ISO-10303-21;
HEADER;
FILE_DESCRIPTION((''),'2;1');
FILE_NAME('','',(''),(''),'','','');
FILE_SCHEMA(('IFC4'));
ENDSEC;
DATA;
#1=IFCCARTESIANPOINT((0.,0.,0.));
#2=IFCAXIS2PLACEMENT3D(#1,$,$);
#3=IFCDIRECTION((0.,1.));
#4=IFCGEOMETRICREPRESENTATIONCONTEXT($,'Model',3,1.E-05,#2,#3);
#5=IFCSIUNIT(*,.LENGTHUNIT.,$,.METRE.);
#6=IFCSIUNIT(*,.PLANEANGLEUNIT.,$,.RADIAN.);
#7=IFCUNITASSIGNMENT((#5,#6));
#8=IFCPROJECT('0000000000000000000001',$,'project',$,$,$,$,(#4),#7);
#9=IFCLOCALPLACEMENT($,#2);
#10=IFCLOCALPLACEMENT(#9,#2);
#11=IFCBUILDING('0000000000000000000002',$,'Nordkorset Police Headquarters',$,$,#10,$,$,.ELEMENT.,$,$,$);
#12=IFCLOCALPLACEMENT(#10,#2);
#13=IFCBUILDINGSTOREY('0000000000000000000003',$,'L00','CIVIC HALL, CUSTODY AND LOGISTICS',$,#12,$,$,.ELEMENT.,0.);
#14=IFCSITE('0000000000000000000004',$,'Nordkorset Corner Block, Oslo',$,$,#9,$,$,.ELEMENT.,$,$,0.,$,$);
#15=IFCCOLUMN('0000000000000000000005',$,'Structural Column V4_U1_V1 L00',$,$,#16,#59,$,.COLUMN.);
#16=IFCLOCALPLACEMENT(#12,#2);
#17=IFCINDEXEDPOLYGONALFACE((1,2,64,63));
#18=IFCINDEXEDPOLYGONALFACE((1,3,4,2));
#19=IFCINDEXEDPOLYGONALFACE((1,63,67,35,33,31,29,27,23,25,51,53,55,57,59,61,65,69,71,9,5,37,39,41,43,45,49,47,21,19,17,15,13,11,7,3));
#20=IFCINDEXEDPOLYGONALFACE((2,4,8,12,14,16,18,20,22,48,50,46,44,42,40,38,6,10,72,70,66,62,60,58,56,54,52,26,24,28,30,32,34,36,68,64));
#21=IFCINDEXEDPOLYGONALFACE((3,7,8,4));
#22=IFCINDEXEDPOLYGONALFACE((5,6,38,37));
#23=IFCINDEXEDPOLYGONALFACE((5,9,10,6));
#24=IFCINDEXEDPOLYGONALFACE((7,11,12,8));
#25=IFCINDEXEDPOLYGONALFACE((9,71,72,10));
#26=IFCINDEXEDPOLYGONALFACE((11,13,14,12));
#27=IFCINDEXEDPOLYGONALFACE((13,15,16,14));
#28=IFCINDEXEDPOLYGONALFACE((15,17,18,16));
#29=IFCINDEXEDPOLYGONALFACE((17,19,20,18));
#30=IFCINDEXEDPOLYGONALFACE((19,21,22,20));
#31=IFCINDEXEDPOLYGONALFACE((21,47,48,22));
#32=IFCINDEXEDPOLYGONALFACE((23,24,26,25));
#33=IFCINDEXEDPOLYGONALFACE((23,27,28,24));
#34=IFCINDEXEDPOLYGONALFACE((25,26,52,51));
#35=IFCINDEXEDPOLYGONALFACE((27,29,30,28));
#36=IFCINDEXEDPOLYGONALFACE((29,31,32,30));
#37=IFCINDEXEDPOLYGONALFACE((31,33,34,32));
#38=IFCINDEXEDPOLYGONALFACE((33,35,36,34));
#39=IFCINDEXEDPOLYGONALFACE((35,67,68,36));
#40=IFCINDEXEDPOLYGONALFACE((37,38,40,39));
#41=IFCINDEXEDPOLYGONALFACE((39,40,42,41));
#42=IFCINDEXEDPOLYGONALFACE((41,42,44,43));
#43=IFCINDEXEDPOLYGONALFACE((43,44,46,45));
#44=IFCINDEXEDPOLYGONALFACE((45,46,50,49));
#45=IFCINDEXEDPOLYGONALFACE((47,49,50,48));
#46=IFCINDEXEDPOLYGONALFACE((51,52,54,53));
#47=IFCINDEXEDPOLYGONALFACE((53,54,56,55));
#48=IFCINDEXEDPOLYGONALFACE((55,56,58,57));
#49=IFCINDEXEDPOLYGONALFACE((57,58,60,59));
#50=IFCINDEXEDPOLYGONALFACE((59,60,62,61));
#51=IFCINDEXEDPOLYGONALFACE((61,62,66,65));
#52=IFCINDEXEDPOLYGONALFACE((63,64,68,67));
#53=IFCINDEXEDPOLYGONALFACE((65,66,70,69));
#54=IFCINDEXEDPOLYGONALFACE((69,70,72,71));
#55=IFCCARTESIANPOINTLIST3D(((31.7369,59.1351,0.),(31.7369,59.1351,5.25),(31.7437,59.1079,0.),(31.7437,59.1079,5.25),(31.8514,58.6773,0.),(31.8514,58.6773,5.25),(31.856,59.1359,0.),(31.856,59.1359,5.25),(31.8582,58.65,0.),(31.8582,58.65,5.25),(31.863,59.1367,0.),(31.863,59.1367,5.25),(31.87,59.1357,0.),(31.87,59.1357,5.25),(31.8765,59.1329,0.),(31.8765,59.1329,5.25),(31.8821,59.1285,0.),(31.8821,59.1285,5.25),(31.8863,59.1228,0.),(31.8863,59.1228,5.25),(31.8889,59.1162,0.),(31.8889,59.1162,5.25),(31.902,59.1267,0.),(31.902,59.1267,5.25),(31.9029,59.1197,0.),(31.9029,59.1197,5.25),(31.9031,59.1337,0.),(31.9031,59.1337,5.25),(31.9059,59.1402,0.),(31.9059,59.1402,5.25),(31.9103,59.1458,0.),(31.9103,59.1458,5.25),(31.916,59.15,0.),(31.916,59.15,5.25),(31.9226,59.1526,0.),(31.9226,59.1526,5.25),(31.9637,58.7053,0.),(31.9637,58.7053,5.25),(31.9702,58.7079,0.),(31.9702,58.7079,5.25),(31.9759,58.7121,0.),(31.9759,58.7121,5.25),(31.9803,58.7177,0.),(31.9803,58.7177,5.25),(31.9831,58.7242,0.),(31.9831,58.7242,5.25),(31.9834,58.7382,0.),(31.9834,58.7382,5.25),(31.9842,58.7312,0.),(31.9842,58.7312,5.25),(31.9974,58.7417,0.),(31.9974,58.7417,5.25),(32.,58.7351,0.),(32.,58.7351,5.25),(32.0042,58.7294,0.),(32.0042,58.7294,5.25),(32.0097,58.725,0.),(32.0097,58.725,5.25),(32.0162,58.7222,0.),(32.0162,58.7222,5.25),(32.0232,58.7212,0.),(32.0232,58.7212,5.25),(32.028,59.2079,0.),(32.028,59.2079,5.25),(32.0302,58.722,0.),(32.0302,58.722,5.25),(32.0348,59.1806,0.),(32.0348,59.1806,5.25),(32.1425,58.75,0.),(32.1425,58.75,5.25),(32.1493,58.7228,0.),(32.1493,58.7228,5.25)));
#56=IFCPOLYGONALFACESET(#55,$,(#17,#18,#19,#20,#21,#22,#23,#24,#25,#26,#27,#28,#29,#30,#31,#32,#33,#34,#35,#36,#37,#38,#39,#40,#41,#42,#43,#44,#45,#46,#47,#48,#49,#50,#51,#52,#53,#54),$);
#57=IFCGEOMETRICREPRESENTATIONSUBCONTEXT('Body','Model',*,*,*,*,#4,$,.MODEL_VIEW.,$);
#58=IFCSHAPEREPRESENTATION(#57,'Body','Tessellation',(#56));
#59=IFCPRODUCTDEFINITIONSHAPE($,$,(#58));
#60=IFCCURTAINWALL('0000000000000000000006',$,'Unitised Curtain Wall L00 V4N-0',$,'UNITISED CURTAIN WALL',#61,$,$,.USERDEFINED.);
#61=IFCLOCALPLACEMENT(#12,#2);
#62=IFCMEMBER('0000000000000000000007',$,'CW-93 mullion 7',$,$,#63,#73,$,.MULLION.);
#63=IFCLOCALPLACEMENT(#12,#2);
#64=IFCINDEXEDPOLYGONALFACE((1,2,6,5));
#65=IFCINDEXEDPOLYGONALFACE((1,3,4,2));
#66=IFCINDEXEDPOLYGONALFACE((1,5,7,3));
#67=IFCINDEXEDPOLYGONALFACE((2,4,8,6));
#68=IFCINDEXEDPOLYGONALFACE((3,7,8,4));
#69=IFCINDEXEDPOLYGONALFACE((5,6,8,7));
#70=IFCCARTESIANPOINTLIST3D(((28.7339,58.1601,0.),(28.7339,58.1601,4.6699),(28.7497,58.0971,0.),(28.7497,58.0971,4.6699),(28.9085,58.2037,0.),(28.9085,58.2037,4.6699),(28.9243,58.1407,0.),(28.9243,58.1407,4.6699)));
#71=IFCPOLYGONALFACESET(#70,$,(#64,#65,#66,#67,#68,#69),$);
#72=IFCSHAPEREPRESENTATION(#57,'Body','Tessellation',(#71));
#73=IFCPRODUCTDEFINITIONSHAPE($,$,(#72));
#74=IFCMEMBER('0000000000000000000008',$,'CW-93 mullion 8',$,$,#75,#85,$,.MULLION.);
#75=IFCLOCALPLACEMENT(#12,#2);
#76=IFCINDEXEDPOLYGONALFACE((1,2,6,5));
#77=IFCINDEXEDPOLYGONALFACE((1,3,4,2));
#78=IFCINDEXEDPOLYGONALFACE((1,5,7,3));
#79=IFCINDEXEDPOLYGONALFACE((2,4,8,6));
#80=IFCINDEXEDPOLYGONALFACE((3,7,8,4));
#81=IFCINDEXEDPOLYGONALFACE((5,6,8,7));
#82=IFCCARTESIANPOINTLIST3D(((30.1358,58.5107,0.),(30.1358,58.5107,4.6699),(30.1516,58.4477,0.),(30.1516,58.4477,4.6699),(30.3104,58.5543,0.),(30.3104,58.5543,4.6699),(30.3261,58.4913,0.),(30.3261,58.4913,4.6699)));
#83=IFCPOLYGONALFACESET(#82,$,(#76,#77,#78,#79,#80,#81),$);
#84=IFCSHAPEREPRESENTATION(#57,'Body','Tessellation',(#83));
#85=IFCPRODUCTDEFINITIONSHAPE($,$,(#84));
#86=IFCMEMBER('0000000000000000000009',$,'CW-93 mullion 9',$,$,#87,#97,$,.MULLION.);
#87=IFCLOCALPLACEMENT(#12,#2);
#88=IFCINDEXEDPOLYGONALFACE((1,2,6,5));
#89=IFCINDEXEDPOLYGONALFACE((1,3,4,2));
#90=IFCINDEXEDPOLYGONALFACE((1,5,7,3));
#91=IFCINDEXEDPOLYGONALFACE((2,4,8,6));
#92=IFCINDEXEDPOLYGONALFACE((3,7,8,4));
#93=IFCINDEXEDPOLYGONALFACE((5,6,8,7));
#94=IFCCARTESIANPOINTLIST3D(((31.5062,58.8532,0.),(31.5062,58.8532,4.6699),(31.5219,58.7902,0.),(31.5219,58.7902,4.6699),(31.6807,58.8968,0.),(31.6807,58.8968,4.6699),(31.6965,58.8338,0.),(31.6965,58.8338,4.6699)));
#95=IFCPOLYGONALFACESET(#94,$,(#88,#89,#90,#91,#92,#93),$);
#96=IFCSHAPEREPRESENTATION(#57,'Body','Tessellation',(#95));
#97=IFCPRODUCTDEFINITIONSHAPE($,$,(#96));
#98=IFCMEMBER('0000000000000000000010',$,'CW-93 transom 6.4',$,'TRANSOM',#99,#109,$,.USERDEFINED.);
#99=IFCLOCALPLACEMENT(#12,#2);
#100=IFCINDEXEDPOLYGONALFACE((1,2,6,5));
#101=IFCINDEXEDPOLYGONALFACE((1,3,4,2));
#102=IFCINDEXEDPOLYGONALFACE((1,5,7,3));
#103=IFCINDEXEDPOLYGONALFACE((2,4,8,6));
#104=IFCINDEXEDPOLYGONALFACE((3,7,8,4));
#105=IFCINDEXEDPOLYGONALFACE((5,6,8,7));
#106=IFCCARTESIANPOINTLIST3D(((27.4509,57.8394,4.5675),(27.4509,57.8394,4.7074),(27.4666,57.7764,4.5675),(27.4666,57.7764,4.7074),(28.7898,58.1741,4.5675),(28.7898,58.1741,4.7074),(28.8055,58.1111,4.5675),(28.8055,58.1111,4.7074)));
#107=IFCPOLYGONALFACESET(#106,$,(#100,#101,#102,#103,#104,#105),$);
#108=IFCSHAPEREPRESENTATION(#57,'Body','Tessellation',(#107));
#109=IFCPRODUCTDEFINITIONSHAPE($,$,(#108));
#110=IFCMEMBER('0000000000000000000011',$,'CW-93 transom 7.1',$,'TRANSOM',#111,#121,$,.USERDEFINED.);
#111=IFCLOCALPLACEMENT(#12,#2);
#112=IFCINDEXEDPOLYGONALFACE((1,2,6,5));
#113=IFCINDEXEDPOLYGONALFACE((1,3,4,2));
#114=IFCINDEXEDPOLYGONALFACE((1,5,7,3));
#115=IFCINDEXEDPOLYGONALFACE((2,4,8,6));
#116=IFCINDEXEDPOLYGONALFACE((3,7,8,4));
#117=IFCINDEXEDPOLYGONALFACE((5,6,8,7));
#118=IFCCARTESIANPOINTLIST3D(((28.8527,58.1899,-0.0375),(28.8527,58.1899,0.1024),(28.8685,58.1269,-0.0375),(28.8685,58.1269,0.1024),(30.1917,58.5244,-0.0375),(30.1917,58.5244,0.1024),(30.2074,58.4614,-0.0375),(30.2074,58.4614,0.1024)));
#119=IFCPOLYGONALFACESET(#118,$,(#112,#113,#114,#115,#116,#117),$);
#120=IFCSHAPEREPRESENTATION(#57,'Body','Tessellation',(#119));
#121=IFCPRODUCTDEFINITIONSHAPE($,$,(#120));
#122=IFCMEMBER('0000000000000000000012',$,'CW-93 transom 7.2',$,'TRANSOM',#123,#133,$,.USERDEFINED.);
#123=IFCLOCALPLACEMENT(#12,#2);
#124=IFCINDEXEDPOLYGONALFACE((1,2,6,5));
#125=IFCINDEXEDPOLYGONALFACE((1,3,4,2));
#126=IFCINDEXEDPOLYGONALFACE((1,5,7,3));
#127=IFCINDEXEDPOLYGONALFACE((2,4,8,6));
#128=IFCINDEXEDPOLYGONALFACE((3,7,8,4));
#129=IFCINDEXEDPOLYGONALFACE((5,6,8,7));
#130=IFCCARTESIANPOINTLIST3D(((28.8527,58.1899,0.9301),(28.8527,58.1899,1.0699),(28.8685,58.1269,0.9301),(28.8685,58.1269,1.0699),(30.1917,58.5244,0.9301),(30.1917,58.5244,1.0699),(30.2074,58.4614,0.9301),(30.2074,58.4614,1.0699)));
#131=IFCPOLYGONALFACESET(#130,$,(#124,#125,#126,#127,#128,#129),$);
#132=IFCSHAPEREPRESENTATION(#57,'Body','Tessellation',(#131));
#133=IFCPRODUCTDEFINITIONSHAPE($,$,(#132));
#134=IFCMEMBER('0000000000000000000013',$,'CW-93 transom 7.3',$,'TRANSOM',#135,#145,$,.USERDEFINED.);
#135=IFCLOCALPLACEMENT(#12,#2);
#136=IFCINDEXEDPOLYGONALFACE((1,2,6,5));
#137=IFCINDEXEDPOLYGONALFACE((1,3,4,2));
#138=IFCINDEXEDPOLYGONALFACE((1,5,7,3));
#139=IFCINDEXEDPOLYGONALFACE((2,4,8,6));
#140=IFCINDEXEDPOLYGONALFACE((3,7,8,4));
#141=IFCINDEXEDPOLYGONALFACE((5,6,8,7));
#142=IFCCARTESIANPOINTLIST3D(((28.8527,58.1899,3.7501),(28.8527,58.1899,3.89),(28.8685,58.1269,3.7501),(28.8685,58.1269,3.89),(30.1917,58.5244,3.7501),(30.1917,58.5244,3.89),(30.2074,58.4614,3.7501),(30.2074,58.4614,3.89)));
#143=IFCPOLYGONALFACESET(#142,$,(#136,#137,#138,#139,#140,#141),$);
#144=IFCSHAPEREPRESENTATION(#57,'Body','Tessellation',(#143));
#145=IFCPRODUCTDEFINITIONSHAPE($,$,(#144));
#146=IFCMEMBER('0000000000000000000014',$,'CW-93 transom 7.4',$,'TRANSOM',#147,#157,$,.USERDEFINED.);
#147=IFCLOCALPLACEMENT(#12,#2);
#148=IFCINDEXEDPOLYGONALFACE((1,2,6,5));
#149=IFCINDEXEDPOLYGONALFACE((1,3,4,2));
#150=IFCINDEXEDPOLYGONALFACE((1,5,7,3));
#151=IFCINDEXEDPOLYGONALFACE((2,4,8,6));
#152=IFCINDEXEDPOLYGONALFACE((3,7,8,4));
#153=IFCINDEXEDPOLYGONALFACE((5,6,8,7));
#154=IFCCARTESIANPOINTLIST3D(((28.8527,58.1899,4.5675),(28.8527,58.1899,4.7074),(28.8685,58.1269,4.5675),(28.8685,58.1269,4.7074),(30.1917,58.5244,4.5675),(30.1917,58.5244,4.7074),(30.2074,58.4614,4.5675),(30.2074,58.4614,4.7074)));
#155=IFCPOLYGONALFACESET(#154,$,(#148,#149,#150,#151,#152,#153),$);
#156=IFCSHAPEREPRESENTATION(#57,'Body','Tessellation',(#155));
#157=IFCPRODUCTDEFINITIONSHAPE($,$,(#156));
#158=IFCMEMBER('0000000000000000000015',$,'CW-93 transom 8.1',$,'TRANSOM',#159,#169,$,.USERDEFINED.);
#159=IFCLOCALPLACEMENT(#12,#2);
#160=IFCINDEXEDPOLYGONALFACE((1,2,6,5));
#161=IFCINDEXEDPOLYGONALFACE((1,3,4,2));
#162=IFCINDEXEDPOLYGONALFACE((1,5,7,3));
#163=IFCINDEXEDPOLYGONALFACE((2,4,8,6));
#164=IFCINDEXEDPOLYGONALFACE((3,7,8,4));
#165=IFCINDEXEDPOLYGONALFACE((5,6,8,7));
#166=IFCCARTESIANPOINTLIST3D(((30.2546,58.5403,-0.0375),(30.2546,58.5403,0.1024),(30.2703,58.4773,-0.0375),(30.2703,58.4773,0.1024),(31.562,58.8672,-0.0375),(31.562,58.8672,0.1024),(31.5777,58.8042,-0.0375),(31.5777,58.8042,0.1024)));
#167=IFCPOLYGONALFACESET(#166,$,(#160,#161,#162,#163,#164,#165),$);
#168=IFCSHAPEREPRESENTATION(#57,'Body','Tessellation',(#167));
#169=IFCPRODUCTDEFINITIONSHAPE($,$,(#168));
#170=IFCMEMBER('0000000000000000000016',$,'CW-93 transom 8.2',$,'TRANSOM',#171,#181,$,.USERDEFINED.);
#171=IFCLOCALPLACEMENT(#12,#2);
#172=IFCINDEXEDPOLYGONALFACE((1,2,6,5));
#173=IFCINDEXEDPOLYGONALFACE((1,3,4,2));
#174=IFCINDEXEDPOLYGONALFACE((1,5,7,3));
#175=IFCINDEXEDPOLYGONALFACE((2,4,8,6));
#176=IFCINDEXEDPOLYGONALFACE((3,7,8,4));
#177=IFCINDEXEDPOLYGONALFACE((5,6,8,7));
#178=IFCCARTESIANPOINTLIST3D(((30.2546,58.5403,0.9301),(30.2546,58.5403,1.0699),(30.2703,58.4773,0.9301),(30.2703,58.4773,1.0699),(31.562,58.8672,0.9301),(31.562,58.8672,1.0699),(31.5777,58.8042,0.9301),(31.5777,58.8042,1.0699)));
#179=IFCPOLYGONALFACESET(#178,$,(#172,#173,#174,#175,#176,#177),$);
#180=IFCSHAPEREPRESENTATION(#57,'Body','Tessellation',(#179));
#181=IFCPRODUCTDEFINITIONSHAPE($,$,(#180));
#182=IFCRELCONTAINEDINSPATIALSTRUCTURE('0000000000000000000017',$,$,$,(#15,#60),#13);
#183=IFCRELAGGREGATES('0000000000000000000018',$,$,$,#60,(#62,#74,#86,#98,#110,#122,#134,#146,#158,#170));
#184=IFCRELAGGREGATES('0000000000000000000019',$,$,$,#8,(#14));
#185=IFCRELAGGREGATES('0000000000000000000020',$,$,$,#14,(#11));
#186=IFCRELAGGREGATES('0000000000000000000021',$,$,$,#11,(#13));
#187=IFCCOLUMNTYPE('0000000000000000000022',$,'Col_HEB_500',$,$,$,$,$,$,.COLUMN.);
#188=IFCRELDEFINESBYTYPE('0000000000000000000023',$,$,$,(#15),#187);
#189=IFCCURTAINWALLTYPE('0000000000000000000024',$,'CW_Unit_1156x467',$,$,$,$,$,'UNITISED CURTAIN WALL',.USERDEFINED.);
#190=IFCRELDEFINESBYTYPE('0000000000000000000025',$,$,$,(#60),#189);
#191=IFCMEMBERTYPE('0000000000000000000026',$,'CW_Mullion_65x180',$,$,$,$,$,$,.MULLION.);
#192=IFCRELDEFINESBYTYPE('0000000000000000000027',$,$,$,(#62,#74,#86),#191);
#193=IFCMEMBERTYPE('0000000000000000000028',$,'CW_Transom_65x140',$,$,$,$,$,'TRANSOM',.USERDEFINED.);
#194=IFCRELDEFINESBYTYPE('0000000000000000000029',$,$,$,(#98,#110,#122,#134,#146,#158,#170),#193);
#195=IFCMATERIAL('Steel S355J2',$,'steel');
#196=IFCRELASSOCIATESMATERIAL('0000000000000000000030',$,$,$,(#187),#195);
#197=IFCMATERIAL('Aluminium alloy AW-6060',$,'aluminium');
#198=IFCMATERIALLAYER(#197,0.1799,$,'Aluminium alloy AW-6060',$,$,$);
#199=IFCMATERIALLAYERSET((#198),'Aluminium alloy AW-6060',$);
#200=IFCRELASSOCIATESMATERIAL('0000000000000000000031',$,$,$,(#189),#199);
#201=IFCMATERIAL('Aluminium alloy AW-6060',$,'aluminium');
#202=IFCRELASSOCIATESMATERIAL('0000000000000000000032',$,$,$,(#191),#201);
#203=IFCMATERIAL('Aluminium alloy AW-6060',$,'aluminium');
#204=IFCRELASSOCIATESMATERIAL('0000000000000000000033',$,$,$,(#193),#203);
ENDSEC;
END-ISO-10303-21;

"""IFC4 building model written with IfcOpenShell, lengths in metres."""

from ifc_helpers import new_model, si_unit, direction, frame, origin, origin_2d, place, context, subcontext, project, spatial, rectangle, i_section, extrude, material, layer, layer_set, material_profile, profile_set, type_object, element, aggregate, save


model = new_model("IFC4")

# Units and contexts
model_context = context("Model", 3, precision=1e-05, world=origin(), true_north=direction((0.0, 1.0)))
body_context = subcontext(model_context, "Body", "Model", "MODEL_VIEW")
ifc_project = project(units=[si_unit("LENGTHUNIT", "METRE"), si_unit("PLANEANGLEUNIT", "RADIAN")], contexts=[model_context])

# Site, building, storey
site_placement = place(None, origin())
site = spatial("IfcSite", under=ifc_project, at=site_placement, Name="Nordkorset Corner Block, Oslo", CompositionType="ELEMENT", RefElevation=0.0)
building_placement = place(site_placement, origin())
building = spatial("IfcBuilding", under=site, at=building_placement, Name="Nordkorset Police Headquarters", CompositionType="ELEMENT")
storey_placement = place(building_placement, origin())
storey = spatial("IfcBuildingStorey", under=building, at=storey_placement, Name="L00", Description="CIVIC HALL, CUSTODY AND LOGISTICS", CompositionType="ELEMENT", Elevation=0.0)

# Column
ifc_material_1 = material(Name="Steel S355J2", Category="steel")
ifc_material_profile_1 = material_profile(ifc_material_1, i_section(OverallWidth=0.3, OverallDepth=0.5, WebThickness=0.0144, FlangeThickness=0.0281, FilletRadius=0.0271, at=origin_2d()), Name="HEB 500")
ifc_profile_set_1 = profile_set([ifc_material_profile_1], Name="Steel S355J2")
column_type = type_object("IfcColumnType", Name="Col_HEB_500", PredefinedType="COLUMN", material=ifc_profile_set_1)
column_placement = place(storey_placement, frame((31.9431, 58.929, 0.0), z_axis=(0.0, 0.0, 1.0), x_axis=(0.970143, 0.242536, 0.0)))
element("IfcColumn", 1, at=column_placement, inside=storey, type_object=column_type, Name="Structural Column V4_U1_V1 L00", PredefinedType="COLUMN", context=body_context, shape_type="SweptSolid", body=[
    extrude(i_section(OverallWidth=0.3, OverallDepth=0.5, WebThickness=0.0144, FlangeThickness=0.0281, FilletRadius=0.0271, at=origin_2d()), origin(), (0.0, 0.0, 1.0), 5.25),
])

# Curtain wall, members
ifc_material_2 = material(Name="Aluminium alloy AW-6060", Category="aluminium")
ifc_layer_1 = layer(ifc_material_2, 0.1799, Name="Aluminium alloy AW-6060")
ifc_layer_set_1 = layer_set([ifc_layer_1], Name="Aluminium alloy AW-6060")
curtain_wall_type = type_object("IfcCurtainWallType", Name="CW_Unit_1156x467", ElementType="UNITISED CURTAIN WALL", PredefinedType="USERDEFINED", material=ifc_layer_set_1)
curtain_wall_placement = place(storey_placement, origin())
curtain_wall = element("IfcCurtainWall", 2, at=curtain_wall_placement, inside=storey, type_object=curtain_wall_type, Name="Unitised Curtain Wall L00 V4N-0", ObjectType="UNITISED CURTAIN WALL", PredefinedType="USERDEFINED")
ifc_material_3 = material(Name="Aluminium alloy AW-6060", Category="aluminium")
ifc_material_profile_2 = material_profile(ifc_material_3, rectangle(XDim=0.0649, YDim=0.1799, at=origin_2d()), Name="ALU MULL 65x180")
ifc_profile_set_2 = profile_set([ifc_material_profile_2], Name="Aluminium alloy AW-6060")
member_type_1 = type_object("IfcMemberType", Name="CW_Mullion_65x180", PredefinedType="MULLION", material=ifc_profile_set_2)
member_1_placement = place(storey_placement, frame((28.8291, 58.1504, 0.0), z_axis=(0.0, 0.0, 1.0), x_axis=(-0.242536, 0.970142, 0.0)))
member_1 = element("IfcMember", 3, at=member_1_placement, type_object=member_type_1, Name="CW-93 mullion 7", PredefinedType="MULLION", context=body_context, shape_type="SweptSolid", body=[
    extrude(rectangle(XDim=0.0649, YDim=0.1799, at=origin_2d()), origin(), (0.0, 0.0, 1.0), 4.6699),
])
member_2_placement = place(storey_placement, frame((30.231, 58.501, 0.0), z_axis=(0.0, 0.0, 1.0), x_axis=(-0.242536, 0.970142, 0.0)))
member_2 = element("IfcMember", 4, at=member_2_placement, type_object=member_type_1, Name="CW-93 mullion 8", PredefinedType="MULLION", context=body_context, shape_type="SweptSolid", body=[
    extrude(rectangle(XDim=0.0649, YDim=0.1799, at=origin_2d()), origin(), (0.0, 0.0, 1.0), 4.6699),
])
member_3_placement = place(storey_placement, frame((31.6013, 58.8435, 0.0), z_axis=(0.0, 0.0, 1.0), x_axis=(-0.242536, 0.970142, 0.0)))
member_3 = element("IfcMember", 5, at=member_3_placement, type_object=member_type_1, Name="CW-93 mullion 9", PredefinedType="MULLION", context=body_context, shape_type="SweptSolid", body=[
    extrude(rectangle(XDim=0.0649, YDim=0.1799, at=origin_2d()), origin(), (0.0, 0.0, 1.0), 4.6699),
])
ifc_material_4 = material(Name="Aluminium alloy AW-6060", Category="aluminium")
ifc_material_profile_3 = material_profile(ifc_material_4, rectangle(XDim=0.0649, YDim=0.1399, at=origin_2d()), Name="ALU TRAN 65x140")
ifc_profile_set_3 = profile_set([ifc_material_profile_3], Name="Aluminium alloy AW-6060")
member_type_2 = type_object("IfcMemberType", Name="CW_Transom_65x140", ElementType="TRANSOM", PredefinedType="USERDEFINED", material=ifc_profile_set_3)
member_4_placement = place(storey_placement, frame((27.4587, 57.8079, 4.6375), z_axis=(0.970143, 0.242536, 0.0), x_axis=(-0.242536, 0.970143, 0.0)))
member_4 = element("IfcMember", 6, at=member_4_placement, type_object=member_type_2, Name="CW-93 transom 6.4", ObjectType="TRANSOM", PredefinedType="USERDEFINED", context=body_context, shape_type="SweptSolid", body=[
    extrude(rectangle(XDim=0.0649, YDim=0.1399, at=origin_2d()), origin(), (0.0, 0.0, 1.0), 1.3801),
])
member_5_placement = place(storey_placement, frame((28.8606, 58.1584, 0.0325), z_axis=(0.970184, 0.242369, 0.0), x_axis=(-0.242369, 0.970184, 0.0)))
member_5 = element("IfcMember", 7, at=member_5_placement, type_object=member_type_2, Name="CW-93 transom 7.1", ObjectType="TRANSOM", PredefinedType="USERDEFINED", context=body_context, shape_type="SweptSolid", body=[
    extrude(rectangle(XDim=0.0649, YDim=0.1399, at=origin_2d()), origin(), (0.0, 0.0, 1.0), 1.3801),
])
member_6_placement = place(storey_placement, frame((28.8606, 58.1584, 1.0), z_axis=(0.970184, 0.242369, 0.0), x_axis=(-0.242369, 0.970184, 0.0)))
member_6 = element("IfcMember", 8, at=member_6_placement, type_object=member_type_2, Name="CW-93 transom 7.2", ObjectType="TRANSOM", PredefinedType="USERDEFINED", context=body_context, shape_type="SweptSolid", body=[
    extrude(rectangle(XDim=0.0649, YDim=0.1399, at=origin_2d()), origin(), (0.0, 0.0, 1.0), 1.3801),
])
member_7_placement = place(storey_placement, frame((28.8606, 58.1584, 3.8201), z_axis=(0.970184, 0.242369, 0.0), x_axis=(-0.242369, 0.970184, 0.0)))
member_7 = element("IfcMember", 9, at=member_7_placement, type_object=member_type_2, Name="CW-93 transom 7.3", ObjectType="TRANSOM", PredefinedType="USERDEFINED", context=body_context, shape_type="SweptSolid", body=[
    extrude(rectangle(XDim=0.0649, YDim=0.1399, at=origin_2d()), origin(), (0.0, 0.0, 1.0), 1.3801),
])
member_8_placement = place(storey_placement, frame((28.8606, 58.1584, 4.6375), z_axis=(0.970184, 0.242369, 0.0), x_axis=(-0.242369, 0.970184, 0.0)))
member_8 = element("IfcMember", 10, at=member_8_placement, type_object=member_type_2, Name="CW-93 transom 7.4", ObjectType="TRANSOM", PredefinedType="USERDEFINED", context=body_context, shape_type="SweptSolid", body=[
    extrude(rectangle(XDim=0.0649, YDim=0.1399, at=origin_2d()), origin(), (0.0, 0.0, 1.0), 1.3801),
])
member_9_placement = place(storey_placement, frame((30.2625, 58.5088, 0.0325), z_axis=(0.970132, 0.242578, 0.0), x_axis=(-0.242578, 0.970132, 0.0)))
member_9 = element("IfcMember", 11, at=member_9_placement, type_object=member_type_2, Name="CW-93 transom 8.1", ObjectType="TRANSOM", PredefinedType="USERDEFINED", context=body_context, shape_type="SweptSolid", body=[
    extrude(rectangle(XDim=0.0649, YDim=0.1399, at=origin_2d()), origin(), (0.0, 0.0, 1.0), 1.3477),
])
member_10_placement = place(storey_placement, frame((30.2625, 58.5088, 1.0), z_axis=(0.970132, 0.242578, 0.0), x_axis=(-0.242578, 0.970132, 0.0)))
member_10 = element("IfcMember", 12, at=member_10_placement, type_object=member_type_2, Name="CW-93 transom 8.2", ObjectType="TRANSOM", PredefinedType="USERDEFINED", context=body_context, shape_type="SweptSolid", body=[
    extrude(rectangle(XDim=0.0649, YDim=0.1399, at=origin_2d()), origin(), (0.0, 0.0, 1.0), 1.3477),
])

aggregate(curtain_wall, [member_1, member_2, member_3, member_4, member_5, member_6, member_7, member_8, member_9, member_10])

save(model, "model.ifc")
